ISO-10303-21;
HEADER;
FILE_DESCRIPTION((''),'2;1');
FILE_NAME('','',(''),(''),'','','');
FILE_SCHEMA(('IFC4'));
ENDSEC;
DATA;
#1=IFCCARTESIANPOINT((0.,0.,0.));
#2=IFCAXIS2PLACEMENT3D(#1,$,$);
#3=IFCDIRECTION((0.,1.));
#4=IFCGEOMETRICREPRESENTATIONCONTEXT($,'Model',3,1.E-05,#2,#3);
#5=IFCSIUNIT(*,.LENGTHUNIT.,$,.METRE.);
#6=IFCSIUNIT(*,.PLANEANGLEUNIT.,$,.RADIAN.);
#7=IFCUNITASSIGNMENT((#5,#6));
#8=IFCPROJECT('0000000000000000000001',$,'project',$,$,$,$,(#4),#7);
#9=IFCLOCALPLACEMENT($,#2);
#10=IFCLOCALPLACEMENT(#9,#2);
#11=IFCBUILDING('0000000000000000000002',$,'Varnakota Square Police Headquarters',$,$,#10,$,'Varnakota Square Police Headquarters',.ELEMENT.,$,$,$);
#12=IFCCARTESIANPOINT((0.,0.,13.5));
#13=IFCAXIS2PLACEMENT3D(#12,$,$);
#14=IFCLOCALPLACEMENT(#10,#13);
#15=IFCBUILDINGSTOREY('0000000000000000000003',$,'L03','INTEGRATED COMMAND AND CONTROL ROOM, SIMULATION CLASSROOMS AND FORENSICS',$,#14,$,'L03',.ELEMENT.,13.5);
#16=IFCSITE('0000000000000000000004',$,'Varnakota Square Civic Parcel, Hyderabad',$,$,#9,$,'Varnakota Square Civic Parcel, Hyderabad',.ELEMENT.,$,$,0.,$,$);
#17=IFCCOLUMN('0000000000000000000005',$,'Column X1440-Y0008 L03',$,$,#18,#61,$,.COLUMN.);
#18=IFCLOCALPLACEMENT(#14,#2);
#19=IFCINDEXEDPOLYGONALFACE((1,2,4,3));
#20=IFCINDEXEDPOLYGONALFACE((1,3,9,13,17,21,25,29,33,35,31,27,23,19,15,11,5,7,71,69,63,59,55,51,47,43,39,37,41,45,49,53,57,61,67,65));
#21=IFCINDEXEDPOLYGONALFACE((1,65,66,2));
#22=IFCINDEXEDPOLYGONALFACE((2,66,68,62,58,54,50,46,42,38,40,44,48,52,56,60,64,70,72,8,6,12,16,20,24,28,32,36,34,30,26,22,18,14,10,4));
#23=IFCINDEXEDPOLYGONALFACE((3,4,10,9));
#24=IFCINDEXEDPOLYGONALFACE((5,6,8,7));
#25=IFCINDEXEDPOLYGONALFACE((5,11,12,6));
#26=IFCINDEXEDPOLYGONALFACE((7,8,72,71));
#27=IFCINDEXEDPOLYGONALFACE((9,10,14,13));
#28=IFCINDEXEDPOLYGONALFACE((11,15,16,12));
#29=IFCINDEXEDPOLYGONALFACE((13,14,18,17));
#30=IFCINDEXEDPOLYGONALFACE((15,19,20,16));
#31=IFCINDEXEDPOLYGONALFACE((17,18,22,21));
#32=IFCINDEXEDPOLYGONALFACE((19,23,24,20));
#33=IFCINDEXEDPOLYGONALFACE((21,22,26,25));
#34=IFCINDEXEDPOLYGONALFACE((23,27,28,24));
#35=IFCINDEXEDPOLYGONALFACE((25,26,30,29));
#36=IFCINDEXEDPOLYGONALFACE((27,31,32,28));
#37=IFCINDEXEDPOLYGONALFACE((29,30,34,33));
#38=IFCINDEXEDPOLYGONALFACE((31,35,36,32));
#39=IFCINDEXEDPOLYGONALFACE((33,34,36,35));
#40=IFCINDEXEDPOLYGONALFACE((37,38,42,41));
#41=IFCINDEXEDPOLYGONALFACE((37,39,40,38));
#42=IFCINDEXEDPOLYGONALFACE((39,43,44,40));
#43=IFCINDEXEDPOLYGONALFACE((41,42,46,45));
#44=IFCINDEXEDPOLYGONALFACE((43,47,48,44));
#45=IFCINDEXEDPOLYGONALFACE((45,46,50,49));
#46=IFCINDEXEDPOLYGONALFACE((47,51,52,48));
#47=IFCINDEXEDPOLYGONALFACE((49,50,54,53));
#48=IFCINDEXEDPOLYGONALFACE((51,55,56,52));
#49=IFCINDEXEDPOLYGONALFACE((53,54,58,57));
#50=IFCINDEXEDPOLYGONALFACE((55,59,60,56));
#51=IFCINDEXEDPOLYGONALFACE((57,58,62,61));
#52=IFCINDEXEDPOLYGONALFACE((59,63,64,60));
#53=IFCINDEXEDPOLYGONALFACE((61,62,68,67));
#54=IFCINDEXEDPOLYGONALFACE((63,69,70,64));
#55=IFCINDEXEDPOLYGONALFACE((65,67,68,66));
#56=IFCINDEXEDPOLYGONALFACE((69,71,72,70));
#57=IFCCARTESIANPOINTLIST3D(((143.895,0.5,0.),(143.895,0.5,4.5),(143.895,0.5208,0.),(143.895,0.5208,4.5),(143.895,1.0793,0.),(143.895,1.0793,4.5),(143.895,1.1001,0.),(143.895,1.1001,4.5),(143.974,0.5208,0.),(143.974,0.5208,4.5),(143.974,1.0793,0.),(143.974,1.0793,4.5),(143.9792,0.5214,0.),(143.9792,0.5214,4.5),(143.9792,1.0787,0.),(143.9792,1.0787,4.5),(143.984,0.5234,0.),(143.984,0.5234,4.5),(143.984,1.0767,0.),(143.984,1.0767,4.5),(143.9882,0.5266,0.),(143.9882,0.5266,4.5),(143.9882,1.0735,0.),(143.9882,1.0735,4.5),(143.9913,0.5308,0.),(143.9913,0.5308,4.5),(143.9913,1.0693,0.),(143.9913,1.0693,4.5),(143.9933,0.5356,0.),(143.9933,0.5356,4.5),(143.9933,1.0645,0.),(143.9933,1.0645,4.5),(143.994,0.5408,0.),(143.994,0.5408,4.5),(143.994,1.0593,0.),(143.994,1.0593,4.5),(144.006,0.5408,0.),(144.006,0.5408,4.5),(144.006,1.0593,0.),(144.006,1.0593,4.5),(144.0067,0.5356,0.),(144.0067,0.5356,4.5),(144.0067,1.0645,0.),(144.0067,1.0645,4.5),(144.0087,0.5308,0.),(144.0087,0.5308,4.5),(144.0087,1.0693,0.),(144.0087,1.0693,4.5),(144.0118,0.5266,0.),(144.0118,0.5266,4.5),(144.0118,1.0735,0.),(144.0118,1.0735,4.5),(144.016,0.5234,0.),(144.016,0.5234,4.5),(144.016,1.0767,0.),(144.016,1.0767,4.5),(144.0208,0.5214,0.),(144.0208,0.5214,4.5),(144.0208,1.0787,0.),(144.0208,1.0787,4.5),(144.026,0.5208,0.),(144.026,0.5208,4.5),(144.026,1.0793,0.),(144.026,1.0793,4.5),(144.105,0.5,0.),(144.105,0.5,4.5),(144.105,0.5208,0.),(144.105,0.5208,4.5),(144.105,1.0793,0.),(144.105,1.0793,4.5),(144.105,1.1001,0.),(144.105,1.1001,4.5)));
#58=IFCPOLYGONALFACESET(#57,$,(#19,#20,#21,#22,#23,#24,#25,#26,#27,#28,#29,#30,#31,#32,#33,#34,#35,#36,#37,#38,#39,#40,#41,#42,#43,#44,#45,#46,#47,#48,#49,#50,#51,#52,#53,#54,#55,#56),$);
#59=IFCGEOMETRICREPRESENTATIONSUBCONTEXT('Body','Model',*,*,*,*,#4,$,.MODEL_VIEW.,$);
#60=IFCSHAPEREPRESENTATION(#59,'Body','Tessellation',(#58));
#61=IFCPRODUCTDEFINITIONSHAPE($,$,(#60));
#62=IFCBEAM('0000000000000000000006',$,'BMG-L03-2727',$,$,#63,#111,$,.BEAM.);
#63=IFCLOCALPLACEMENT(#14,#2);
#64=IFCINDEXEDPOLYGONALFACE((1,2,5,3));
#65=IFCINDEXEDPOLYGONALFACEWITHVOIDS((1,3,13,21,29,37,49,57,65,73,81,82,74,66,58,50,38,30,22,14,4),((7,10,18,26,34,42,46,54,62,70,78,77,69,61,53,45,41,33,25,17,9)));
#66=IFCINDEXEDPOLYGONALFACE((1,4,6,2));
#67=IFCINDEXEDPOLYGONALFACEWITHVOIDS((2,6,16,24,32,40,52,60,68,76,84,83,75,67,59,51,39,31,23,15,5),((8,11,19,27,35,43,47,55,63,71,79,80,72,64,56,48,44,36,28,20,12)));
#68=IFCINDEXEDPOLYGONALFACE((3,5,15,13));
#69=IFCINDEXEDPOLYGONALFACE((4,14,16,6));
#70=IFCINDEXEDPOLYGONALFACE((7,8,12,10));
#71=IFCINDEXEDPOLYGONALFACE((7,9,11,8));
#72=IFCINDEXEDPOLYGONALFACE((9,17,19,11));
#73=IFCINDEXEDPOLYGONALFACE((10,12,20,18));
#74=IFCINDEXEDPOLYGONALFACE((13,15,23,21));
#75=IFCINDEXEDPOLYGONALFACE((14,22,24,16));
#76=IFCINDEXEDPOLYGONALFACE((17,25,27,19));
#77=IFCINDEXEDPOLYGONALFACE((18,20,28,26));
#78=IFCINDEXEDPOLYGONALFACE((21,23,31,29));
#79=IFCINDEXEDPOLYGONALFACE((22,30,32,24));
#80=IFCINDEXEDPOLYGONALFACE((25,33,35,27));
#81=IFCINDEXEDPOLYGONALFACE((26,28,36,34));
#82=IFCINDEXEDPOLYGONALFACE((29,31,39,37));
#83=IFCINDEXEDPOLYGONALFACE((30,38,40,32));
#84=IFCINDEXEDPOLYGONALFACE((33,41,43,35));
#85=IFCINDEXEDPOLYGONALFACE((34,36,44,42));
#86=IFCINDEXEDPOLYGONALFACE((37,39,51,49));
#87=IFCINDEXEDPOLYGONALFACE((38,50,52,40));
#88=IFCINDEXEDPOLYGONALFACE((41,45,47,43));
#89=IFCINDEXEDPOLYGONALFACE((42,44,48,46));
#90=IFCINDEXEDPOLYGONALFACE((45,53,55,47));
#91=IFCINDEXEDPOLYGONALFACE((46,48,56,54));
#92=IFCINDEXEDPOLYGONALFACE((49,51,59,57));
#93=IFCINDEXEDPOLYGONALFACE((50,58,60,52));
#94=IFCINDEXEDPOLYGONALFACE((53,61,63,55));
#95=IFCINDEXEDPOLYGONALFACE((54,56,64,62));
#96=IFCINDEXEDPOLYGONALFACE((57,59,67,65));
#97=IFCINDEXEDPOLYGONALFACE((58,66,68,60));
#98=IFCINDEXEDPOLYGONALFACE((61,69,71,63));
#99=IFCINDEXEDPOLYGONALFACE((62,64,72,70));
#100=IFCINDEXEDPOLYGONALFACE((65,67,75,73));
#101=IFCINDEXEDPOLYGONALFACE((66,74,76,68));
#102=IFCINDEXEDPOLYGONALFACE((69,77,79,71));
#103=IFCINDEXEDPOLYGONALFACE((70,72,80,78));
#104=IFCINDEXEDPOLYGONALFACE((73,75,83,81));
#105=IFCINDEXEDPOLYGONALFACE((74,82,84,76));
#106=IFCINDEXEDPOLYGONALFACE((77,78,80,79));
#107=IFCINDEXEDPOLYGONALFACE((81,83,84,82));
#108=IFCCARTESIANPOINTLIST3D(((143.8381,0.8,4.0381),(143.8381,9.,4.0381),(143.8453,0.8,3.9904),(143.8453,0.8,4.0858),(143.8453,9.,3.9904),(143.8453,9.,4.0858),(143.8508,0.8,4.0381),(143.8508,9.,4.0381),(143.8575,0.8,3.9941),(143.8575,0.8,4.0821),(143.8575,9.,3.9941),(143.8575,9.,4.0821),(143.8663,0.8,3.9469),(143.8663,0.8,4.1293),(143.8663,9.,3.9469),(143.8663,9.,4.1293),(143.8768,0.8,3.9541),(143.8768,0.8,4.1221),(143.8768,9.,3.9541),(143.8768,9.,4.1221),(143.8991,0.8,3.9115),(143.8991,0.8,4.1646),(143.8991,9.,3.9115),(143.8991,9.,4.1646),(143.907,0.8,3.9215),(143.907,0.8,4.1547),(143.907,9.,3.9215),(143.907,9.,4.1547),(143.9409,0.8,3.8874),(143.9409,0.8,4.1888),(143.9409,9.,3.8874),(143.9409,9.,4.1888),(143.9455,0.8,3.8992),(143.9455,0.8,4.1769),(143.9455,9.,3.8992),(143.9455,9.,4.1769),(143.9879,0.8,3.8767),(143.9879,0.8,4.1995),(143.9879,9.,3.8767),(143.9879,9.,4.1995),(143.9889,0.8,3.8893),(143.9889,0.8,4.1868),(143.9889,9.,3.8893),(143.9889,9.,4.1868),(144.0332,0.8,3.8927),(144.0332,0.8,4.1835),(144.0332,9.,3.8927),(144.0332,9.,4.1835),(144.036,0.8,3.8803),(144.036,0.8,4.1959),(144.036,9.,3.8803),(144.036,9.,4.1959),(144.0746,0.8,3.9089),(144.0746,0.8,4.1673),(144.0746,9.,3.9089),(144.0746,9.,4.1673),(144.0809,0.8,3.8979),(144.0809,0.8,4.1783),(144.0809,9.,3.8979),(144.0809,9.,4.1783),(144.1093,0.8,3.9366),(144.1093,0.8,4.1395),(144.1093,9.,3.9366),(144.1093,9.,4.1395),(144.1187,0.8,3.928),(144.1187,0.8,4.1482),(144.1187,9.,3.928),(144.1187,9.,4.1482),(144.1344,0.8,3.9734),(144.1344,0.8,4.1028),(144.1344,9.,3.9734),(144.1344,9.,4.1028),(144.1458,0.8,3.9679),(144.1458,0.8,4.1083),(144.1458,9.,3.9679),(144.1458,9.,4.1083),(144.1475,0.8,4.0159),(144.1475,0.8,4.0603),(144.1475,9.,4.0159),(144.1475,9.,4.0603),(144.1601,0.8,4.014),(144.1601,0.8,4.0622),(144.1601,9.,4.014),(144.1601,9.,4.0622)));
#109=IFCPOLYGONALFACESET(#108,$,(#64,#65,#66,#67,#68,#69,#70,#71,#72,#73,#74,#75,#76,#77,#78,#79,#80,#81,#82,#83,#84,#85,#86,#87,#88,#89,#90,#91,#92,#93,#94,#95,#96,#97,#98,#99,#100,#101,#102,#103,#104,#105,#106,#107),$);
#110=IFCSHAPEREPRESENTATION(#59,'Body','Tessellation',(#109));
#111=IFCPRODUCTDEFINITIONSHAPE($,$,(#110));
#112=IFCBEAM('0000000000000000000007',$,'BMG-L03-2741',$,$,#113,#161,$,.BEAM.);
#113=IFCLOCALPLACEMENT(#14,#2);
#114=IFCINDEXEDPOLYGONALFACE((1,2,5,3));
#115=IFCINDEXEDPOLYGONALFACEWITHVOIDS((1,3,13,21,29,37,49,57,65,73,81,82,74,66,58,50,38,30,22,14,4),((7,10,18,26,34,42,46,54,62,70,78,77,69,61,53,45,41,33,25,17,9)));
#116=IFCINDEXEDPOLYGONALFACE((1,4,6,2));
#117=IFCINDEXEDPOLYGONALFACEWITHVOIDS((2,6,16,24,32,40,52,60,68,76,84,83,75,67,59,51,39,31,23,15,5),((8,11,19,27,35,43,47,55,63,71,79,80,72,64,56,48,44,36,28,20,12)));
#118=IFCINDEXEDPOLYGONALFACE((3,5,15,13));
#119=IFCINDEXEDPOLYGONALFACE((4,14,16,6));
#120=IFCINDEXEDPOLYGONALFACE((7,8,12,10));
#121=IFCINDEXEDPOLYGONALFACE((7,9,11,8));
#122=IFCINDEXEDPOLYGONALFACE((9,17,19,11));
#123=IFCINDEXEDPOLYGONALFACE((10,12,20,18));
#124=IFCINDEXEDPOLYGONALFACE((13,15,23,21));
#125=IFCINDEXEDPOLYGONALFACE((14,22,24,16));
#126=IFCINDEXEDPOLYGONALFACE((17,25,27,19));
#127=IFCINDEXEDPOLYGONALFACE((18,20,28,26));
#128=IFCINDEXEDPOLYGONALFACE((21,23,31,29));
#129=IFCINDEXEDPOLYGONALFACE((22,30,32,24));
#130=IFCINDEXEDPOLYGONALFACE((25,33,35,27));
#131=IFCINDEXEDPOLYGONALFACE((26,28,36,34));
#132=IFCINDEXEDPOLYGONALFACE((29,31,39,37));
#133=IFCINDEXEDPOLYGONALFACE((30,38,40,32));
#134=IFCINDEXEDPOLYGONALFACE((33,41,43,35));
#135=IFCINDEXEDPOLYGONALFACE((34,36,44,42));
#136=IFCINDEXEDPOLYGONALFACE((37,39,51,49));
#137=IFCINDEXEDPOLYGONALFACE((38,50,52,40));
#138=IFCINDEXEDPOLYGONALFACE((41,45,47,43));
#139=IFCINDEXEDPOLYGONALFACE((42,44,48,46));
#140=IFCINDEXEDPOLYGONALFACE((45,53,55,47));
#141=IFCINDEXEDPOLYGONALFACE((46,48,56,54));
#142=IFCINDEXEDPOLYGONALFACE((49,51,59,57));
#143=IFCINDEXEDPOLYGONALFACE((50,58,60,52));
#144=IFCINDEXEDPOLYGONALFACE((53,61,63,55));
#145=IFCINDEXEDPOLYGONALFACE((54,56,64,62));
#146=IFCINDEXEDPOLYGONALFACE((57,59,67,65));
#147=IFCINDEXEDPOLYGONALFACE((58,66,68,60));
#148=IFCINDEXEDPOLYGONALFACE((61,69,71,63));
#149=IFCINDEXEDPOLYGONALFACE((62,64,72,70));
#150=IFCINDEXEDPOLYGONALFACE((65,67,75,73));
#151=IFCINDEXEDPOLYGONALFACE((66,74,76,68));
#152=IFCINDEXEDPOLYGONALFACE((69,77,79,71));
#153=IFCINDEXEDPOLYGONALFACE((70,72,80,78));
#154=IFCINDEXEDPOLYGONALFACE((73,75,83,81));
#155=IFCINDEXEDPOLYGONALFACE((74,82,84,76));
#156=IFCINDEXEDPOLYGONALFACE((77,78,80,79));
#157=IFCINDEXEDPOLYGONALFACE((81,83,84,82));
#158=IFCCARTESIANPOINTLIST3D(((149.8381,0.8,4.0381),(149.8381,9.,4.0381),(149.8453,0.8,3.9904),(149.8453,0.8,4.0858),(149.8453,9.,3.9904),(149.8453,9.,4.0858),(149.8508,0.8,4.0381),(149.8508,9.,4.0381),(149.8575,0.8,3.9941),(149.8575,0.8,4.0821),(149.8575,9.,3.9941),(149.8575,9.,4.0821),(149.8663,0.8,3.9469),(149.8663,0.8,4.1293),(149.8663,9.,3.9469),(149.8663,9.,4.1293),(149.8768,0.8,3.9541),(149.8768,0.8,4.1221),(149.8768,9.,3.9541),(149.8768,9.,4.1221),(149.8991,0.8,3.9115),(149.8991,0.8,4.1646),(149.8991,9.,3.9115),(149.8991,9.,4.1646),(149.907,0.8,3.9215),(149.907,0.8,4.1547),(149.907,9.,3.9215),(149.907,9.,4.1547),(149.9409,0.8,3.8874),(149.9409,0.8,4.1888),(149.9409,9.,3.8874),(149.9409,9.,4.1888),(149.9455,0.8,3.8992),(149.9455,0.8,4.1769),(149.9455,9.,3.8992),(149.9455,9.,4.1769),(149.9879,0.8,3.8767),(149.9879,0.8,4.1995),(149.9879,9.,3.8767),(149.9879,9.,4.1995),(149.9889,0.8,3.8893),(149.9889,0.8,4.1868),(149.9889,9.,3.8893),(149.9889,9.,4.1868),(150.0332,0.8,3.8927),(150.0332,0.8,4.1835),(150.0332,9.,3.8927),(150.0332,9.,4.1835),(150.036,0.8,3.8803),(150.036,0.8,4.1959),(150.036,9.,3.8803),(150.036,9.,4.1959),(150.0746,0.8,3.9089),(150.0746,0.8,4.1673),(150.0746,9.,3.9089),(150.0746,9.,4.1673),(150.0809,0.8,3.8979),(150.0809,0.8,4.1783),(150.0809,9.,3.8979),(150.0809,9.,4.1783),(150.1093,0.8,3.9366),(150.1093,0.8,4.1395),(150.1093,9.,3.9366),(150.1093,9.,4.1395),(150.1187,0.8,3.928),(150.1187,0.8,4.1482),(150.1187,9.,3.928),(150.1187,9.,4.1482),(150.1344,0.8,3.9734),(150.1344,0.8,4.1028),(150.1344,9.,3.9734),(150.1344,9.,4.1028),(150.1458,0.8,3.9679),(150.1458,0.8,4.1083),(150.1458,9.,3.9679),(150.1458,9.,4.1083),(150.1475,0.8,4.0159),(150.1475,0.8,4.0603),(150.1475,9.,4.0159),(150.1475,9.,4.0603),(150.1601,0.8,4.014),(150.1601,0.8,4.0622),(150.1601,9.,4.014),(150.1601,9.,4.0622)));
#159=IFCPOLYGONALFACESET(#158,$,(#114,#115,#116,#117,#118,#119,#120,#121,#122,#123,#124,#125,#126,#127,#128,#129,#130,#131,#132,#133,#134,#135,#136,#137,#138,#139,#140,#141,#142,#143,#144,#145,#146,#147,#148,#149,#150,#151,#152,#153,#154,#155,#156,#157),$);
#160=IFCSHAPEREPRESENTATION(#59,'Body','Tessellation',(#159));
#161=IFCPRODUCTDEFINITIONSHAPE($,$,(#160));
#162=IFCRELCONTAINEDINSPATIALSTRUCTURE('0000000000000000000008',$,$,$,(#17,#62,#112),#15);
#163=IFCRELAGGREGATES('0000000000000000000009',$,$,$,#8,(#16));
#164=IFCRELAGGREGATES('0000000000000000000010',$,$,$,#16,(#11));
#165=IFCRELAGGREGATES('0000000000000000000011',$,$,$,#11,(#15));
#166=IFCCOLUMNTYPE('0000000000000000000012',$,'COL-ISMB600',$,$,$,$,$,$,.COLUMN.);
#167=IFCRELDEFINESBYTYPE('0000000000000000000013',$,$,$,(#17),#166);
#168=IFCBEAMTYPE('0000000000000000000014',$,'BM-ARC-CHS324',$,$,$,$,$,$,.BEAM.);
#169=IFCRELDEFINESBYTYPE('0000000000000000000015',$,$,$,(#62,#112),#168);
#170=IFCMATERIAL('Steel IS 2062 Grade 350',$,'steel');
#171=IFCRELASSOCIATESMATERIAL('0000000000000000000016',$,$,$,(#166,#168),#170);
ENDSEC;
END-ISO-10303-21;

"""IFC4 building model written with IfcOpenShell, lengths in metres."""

from ifc_helpers import new_model, si_unit, direction, frame, origin, origin_2d, place, context, subcontext, project, spatial, hollow_circle, i_section, extrude, material, material_profile, profile_set, type_object, element, save


model = new_model("IFC4")

# Units and contexts
model_context = context("Model", 3, precision=1e-05, world=origin(), true_north=direction((0.0, 1.0)))
body_context = subcontext(model_context, "Body", "Model", "MODEL_VIEW")
ifc_project = project(units=[si_unit("LENGTHUNIT", "METRE"), si_unit("PLANEANGLEUNIT", "RADIAN")], contexts=[model_context])

# Site, building, storey
site_placement = place(None, origin())
site = spatial("IfcSite", under=ifc_project, at=site_placement, Name="Varnakota Square Civic Parcel, Hyderabad", LongName="Varnakota Square Civic Parcel, Hyderabad", CompositionType="ELEMENT", RefElevation=0.0)
building_placement = place(site_placement, origin())
building = spatial("IfcBuilding", under=site, at=building_placement, Name="Varnakota Square Police Headquarters", LongName="Varnakota Square Police Headquarters", CompositionType="ELEMENT")
storey_placement = place(building_placement, frame((0.0, 0.0, 13.5)))
storey = spatial("IfcBuildingStorey", under=building, at=storey_placement, Name="L03", Description="INTEGRATED COMMAND AND CONTROL ROOM, SIMULATION CLASSROOMS AND FORENSICS", LongName="L03", CompositionType="ELEMENT", Elevation=13.5)

# Column
ifc_material_1 = material(Name="Steel IS 2062 Grade 350", Category="steel")
ifc_material_profile_1 = material_profile(ifc_material_1, i_section(OverallWidth=0.21, OverallDepth=0.6001, WebThickness=0.012, FlangeThickness=0.0208, FilletRadius=0.02, at=origin_2d()), Name="ISMB 600")
ifc_profile_set_1 = profile_set([ifc_material_profile_1], Name="Steel IS 2062 Grade 350")
column_type_1 = type_object("IfcColumnType", Name="COL-ISMB600", PredefinedType="COLUMN", material=ifc_profile_set_1)
for number, where, z_axis, x_axis, name in (
    (1, (144.0, 0.8, 0.0), (0.0, 0.0, 1.0), (1.0, 0.0, 0.0), "Column X1440-Y0008 L03"),
):
    element("IfcColumn", number, at=place(storey_placement, frame(where, z_axis=z_axis, x_axis=x_axis)), inside=storey, type_object=column_type_1, Name=name, PredefinedType="COLUMN", context=body_context, shape_type="SweptSolid", body=[
        extrude(i_section(OverallWidth=0.21, OverallDepth=0.6001, WebThickness=0.012, FlangeThickness=0.0208, FilletRadius=0.02, at=origin_2d()), origin(), (0.0, 0.0, 1.0), 4.5),
    ])

# Beams
ifc_material_profile_2 = material_profile(ifc_material_1, hollow_circle(Radius=0.1619, WallThickness=0.0127, at=origin_2d()), Name="CHS 323.9x12.7")
ifc_profile_set_2 = profile_set([ifc_material_profile_2], Name="Steel IS 2062 Grade 350")
beam_type_1 = type_object("IfcBeamType", Name="BM-ARC-CHS324", PredefinedType="BEAM", material=ifc_profile_set_2)
for number, where, z_axis, x_axis, name in (
    (2, (144.0, 0.8, 4.0381), (0.0, 1.0, 0.0), (-1.0, 0.0, 0.0), "BMG-L03-2727"),
    (3, (150.0, 0.8, 4.0381), (0.0, 1.0, 0.0), (-1.0, 0.0, 0.0), "BMG-L03-2741"),
):
    element("IfcBeam", number, at=place(storey_placement, frame(where, z_axis=z_axis, x_axis=x_axis)), inside=storey, type_object=beam_type_1, Name=name, PredefinedType="BEAM", context=body_context, shape_type="SweptSolid", body=[
        extrude(hollow_circle(Radius=0.1619, WallThickness=0.0127, at=origin_2d()), origin(), (0.0, 0.0, 1.0), 8.2),
    ])

save(model, "model.ifc")
